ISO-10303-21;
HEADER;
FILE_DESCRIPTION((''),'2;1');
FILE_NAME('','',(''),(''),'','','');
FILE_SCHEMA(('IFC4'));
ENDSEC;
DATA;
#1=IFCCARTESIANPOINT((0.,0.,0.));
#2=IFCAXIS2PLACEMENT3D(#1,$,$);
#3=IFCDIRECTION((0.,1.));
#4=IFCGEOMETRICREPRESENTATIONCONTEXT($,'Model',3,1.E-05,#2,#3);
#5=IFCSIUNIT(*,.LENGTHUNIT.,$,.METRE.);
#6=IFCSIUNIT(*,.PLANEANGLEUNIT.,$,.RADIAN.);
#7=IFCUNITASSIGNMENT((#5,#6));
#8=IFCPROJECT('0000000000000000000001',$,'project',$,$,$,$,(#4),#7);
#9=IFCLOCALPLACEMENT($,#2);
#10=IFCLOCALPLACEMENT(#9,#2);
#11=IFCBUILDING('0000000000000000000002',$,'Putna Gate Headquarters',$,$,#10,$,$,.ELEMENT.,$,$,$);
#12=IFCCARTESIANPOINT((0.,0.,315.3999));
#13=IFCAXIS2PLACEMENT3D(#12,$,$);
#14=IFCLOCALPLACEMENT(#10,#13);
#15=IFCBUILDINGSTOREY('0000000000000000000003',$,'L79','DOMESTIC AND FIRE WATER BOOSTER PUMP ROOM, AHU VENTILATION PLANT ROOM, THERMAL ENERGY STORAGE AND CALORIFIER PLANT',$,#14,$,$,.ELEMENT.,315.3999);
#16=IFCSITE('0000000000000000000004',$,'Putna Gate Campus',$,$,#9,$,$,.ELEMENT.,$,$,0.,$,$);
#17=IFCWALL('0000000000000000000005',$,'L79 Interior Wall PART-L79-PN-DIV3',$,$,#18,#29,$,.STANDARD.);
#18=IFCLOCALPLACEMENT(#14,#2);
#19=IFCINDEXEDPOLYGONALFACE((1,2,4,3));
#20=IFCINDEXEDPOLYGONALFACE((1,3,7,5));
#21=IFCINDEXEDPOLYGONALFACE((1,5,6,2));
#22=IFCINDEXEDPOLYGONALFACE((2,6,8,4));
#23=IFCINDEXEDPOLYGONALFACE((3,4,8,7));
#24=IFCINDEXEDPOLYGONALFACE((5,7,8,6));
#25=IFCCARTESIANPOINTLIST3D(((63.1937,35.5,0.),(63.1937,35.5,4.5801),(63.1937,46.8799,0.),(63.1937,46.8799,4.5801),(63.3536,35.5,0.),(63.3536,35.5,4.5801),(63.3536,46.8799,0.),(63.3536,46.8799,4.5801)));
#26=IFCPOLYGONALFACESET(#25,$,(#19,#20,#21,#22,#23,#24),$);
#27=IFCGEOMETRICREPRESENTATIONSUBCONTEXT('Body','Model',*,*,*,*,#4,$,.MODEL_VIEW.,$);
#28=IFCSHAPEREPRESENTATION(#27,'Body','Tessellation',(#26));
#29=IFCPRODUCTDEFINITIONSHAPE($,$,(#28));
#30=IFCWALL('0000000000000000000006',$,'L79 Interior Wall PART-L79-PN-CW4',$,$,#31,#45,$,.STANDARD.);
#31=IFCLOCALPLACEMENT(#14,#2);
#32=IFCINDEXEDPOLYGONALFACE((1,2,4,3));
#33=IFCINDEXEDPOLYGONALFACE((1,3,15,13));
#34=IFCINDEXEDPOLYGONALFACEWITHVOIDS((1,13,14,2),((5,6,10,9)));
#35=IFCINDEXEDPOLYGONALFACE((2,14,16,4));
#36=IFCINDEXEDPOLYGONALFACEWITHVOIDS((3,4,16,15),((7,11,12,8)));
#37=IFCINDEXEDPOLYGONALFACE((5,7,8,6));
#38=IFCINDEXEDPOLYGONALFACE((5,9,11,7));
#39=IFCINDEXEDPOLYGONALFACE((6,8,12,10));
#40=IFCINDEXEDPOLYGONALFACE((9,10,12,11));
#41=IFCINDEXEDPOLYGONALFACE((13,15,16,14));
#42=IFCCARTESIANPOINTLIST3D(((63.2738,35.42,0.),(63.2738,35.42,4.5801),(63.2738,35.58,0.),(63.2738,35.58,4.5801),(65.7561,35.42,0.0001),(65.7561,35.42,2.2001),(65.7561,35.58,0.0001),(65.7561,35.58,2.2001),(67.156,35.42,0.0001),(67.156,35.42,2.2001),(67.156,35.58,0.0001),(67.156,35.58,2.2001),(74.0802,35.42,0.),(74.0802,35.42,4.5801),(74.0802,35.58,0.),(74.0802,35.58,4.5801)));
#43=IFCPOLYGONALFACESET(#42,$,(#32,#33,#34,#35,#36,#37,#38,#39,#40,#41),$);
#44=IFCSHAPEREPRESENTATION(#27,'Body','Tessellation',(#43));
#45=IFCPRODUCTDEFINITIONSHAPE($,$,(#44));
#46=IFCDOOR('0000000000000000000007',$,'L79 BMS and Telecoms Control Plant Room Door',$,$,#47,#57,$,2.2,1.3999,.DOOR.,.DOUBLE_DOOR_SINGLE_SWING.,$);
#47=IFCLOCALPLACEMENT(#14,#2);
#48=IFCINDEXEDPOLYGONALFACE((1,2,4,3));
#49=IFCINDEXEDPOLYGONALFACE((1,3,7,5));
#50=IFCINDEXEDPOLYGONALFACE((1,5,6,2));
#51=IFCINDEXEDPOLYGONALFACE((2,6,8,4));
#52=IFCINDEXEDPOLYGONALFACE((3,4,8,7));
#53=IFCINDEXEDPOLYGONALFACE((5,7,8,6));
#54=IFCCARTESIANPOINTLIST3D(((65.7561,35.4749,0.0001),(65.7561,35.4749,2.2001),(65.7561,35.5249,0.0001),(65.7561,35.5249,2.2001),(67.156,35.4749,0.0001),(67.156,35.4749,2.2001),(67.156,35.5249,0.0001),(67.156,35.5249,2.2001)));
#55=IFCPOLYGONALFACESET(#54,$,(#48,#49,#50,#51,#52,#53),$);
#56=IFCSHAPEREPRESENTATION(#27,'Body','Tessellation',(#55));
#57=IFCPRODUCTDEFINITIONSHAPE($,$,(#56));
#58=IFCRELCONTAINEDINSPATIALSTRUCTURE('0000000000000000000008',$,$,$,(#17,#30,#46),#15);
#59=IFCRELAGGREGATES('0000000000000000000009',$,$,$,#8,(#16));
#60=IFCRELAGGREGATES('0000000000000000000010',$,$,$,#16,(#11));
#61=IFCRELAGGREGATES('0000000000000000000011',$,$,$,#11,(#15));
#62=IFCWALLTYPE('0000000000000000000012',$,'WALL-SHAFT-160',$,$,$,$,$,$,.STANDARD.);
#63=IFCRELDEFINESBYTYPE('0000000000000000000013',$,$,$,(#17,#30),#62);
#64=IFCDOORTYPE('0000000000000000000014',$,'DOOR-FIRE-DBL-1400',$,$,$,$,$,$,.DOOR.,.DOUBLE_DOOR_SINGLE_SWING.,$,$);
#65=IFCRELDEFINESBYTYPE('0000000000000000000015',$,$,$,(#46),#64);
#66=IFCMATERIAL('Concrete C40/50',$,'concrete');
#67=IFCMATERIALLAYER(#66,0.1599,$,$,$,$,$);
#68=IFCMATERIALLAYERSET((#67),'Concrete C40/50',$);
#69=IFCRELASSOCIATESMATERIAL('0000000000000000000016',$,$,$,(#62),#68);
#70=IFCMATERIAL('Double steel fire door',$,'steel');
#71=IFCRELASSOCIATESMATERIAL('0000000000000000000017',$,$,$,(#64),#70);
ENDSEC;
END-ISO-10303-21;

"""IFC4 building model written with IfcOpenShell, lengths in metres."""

from ifc_helpers import new_model, si_unit, direction, frame, frame_2d, origin, place, context, subcontext, project, spatial, rectangle, extrude, material, layer, layer_set, type_object, element, fill, save


model = new_model("IFC4")

# Units and contexts
model_context = context("Model", 3, precision=1e-05, world=origin(), true_north=direction((0.0, 1.0)))
body_context = subcontext(model_context, "Body", "Model", "MODEL_VIEW")
ifc_project = project(units=[si_unit("LENGTHUNIT", "METRE"), si_unit("PLANEANGLEUNIT", "RADIAN")], contexts=[model_context])

# Site, building, storey
site_placement = place(None, origin())
site = spatial("IfcSite", under=ifc_project, at=site_placement, Name="Putna Gate Campus", CompositionType="ELEMENT", RefElevation=0.0)
building_placement = place(site_placement, origin())
building = spatial("IfcBuilding", under=site, at=building_placement, Name="Putna Gate Headquarters", CompositionType="ELEMENT")
storey_placement = place(building_placement, frame((0.0, 0.0, 315.3999)))
storey = spatial("IfcBuildingStorey", under=building, at=storey_placement, Name="L79", Description="DOMESTIC AND FIRE WATER BOOSTER PUMP ROOM, AHU VENTILATION PLANT ROOM, THERMAL ENERGY STORAGE AND CALORIFIER PLANT", CompositionType="ELEMENT", Elevation=315.3999)

# Shared definitions
ifc_material_1 = material(Name="Concrete C40/50", Category="concrete")
ifc_layer_1 = layer(ifc_material_1, 0.1599)
ifc_layer_set_1 = layer_set([ifc_layer_1], Name="Concrete C40/50")
wall_type_1 = type_object("IfcWallType", Name="WALL-SHAFT-160", PredefinedType="STANDARD", material=ifc_layer_set_1)

# Wall
wall_1_placement = place(storey_placement, frame((63.2737, 35.5, 0.0), z_axis=(0.0, 0.0, 1.0), x_axis=(0.0, 1.0, 0.0)))
element("IfcWall", 1, at=wall_1_placement, inside=storey, type_object=wall_type_1, Name="L79 Interior Wall PART-L79-PN-DIV3", PredefinedType="STANDARD", context=body_context, shape_type="SweptSolid", body=[
    extrude(rectangle(XDim=11.3799, YDim=0.1599, at=frame_2d((5.6899, 0.0))), origin(), (0.0, 0.0, 1.0), 4.5801),
])

# Wall, opening, door
wall_2_placement = place(storey_placement, frame((63.2737, 35.5, 0.0), z_axis=(0.0, 0.0, 1.0), x_axis=(1.0, 0.0, 0.0)))
wall_2 = element("IfcWall", 2, at=wall_2_placement, inside=storey, type_object=wall_type_1, Name="L79 Interior Wall PART-L79-PN-CW4", PredefinedType="STANDARD", context=body_context, shape_type="SweptSolid", body=[
    extrude(rectangle(XDim=10.8064, YDim=0.1599, at=frame_2d((5.4033, 0.0))), origin(), (0.0, 0.0, 1.0), 4.5801),
])
opening_1_placement = place(wall_2_placement, frame((2.4824, 0.0, 0.0)))
opening_1 = element("IfcOpeningElement", 3, at=opening_1_placement, cuts=wall_2, PredefinedType="OPENING", context=body_context, shape_type="SweptSolid", body=[
    extrude(rectangle(XDim=1.3999, YDim=2.2, at=frame_2d((0.7, 1.1001))), frame((0.0, 0.0898, 0.0), z_axis=(0.0, -1.0, 0.0), x_axis=(1.0, 0.0, 0.0)), (0.0, 0.0, 1.0), 0.1799),
])
ifc_material_2 = material(Name="Double steel fire door", Category="steel")
door_type_1 = type_object("IfcDoorType", Name="DOOR-FIRE-DBL-1400", OperationType="DOUBLE_DOOR_SINGLE_SWING", PredefinedType="DOOR", material=ifc_material_2)
door_1_placement = place(opening_1_placement, origin())
door_1 = element("IfcDoor", 4, at=door_1_placement, inside=storey, type_object=door_type_1, Name="L79 BMS and Telecoms Control Plant Room Door", OperationType="DOUBLE_DOOR_SINGLE_SWING", OverallHeight=2.2, OverallWidth=1.3999, PredefinedType="DOOR", context=body_context, shape_type="SweptSolid", body=[
    extrude(rectangle(XDim=1.3999, YDim=2.2, at=frame_2d((0.7, 1.1001))), frame((0.0, 0.0249, 0.0), z_axis=(0.0, -1.0, 0.0), x_axis=(1.0, 0.0, 0.0)), (0.0, 0.0, 1.0), 0.05),
])
fill(opening_1, door_1)

save(model, "model.ifc")
